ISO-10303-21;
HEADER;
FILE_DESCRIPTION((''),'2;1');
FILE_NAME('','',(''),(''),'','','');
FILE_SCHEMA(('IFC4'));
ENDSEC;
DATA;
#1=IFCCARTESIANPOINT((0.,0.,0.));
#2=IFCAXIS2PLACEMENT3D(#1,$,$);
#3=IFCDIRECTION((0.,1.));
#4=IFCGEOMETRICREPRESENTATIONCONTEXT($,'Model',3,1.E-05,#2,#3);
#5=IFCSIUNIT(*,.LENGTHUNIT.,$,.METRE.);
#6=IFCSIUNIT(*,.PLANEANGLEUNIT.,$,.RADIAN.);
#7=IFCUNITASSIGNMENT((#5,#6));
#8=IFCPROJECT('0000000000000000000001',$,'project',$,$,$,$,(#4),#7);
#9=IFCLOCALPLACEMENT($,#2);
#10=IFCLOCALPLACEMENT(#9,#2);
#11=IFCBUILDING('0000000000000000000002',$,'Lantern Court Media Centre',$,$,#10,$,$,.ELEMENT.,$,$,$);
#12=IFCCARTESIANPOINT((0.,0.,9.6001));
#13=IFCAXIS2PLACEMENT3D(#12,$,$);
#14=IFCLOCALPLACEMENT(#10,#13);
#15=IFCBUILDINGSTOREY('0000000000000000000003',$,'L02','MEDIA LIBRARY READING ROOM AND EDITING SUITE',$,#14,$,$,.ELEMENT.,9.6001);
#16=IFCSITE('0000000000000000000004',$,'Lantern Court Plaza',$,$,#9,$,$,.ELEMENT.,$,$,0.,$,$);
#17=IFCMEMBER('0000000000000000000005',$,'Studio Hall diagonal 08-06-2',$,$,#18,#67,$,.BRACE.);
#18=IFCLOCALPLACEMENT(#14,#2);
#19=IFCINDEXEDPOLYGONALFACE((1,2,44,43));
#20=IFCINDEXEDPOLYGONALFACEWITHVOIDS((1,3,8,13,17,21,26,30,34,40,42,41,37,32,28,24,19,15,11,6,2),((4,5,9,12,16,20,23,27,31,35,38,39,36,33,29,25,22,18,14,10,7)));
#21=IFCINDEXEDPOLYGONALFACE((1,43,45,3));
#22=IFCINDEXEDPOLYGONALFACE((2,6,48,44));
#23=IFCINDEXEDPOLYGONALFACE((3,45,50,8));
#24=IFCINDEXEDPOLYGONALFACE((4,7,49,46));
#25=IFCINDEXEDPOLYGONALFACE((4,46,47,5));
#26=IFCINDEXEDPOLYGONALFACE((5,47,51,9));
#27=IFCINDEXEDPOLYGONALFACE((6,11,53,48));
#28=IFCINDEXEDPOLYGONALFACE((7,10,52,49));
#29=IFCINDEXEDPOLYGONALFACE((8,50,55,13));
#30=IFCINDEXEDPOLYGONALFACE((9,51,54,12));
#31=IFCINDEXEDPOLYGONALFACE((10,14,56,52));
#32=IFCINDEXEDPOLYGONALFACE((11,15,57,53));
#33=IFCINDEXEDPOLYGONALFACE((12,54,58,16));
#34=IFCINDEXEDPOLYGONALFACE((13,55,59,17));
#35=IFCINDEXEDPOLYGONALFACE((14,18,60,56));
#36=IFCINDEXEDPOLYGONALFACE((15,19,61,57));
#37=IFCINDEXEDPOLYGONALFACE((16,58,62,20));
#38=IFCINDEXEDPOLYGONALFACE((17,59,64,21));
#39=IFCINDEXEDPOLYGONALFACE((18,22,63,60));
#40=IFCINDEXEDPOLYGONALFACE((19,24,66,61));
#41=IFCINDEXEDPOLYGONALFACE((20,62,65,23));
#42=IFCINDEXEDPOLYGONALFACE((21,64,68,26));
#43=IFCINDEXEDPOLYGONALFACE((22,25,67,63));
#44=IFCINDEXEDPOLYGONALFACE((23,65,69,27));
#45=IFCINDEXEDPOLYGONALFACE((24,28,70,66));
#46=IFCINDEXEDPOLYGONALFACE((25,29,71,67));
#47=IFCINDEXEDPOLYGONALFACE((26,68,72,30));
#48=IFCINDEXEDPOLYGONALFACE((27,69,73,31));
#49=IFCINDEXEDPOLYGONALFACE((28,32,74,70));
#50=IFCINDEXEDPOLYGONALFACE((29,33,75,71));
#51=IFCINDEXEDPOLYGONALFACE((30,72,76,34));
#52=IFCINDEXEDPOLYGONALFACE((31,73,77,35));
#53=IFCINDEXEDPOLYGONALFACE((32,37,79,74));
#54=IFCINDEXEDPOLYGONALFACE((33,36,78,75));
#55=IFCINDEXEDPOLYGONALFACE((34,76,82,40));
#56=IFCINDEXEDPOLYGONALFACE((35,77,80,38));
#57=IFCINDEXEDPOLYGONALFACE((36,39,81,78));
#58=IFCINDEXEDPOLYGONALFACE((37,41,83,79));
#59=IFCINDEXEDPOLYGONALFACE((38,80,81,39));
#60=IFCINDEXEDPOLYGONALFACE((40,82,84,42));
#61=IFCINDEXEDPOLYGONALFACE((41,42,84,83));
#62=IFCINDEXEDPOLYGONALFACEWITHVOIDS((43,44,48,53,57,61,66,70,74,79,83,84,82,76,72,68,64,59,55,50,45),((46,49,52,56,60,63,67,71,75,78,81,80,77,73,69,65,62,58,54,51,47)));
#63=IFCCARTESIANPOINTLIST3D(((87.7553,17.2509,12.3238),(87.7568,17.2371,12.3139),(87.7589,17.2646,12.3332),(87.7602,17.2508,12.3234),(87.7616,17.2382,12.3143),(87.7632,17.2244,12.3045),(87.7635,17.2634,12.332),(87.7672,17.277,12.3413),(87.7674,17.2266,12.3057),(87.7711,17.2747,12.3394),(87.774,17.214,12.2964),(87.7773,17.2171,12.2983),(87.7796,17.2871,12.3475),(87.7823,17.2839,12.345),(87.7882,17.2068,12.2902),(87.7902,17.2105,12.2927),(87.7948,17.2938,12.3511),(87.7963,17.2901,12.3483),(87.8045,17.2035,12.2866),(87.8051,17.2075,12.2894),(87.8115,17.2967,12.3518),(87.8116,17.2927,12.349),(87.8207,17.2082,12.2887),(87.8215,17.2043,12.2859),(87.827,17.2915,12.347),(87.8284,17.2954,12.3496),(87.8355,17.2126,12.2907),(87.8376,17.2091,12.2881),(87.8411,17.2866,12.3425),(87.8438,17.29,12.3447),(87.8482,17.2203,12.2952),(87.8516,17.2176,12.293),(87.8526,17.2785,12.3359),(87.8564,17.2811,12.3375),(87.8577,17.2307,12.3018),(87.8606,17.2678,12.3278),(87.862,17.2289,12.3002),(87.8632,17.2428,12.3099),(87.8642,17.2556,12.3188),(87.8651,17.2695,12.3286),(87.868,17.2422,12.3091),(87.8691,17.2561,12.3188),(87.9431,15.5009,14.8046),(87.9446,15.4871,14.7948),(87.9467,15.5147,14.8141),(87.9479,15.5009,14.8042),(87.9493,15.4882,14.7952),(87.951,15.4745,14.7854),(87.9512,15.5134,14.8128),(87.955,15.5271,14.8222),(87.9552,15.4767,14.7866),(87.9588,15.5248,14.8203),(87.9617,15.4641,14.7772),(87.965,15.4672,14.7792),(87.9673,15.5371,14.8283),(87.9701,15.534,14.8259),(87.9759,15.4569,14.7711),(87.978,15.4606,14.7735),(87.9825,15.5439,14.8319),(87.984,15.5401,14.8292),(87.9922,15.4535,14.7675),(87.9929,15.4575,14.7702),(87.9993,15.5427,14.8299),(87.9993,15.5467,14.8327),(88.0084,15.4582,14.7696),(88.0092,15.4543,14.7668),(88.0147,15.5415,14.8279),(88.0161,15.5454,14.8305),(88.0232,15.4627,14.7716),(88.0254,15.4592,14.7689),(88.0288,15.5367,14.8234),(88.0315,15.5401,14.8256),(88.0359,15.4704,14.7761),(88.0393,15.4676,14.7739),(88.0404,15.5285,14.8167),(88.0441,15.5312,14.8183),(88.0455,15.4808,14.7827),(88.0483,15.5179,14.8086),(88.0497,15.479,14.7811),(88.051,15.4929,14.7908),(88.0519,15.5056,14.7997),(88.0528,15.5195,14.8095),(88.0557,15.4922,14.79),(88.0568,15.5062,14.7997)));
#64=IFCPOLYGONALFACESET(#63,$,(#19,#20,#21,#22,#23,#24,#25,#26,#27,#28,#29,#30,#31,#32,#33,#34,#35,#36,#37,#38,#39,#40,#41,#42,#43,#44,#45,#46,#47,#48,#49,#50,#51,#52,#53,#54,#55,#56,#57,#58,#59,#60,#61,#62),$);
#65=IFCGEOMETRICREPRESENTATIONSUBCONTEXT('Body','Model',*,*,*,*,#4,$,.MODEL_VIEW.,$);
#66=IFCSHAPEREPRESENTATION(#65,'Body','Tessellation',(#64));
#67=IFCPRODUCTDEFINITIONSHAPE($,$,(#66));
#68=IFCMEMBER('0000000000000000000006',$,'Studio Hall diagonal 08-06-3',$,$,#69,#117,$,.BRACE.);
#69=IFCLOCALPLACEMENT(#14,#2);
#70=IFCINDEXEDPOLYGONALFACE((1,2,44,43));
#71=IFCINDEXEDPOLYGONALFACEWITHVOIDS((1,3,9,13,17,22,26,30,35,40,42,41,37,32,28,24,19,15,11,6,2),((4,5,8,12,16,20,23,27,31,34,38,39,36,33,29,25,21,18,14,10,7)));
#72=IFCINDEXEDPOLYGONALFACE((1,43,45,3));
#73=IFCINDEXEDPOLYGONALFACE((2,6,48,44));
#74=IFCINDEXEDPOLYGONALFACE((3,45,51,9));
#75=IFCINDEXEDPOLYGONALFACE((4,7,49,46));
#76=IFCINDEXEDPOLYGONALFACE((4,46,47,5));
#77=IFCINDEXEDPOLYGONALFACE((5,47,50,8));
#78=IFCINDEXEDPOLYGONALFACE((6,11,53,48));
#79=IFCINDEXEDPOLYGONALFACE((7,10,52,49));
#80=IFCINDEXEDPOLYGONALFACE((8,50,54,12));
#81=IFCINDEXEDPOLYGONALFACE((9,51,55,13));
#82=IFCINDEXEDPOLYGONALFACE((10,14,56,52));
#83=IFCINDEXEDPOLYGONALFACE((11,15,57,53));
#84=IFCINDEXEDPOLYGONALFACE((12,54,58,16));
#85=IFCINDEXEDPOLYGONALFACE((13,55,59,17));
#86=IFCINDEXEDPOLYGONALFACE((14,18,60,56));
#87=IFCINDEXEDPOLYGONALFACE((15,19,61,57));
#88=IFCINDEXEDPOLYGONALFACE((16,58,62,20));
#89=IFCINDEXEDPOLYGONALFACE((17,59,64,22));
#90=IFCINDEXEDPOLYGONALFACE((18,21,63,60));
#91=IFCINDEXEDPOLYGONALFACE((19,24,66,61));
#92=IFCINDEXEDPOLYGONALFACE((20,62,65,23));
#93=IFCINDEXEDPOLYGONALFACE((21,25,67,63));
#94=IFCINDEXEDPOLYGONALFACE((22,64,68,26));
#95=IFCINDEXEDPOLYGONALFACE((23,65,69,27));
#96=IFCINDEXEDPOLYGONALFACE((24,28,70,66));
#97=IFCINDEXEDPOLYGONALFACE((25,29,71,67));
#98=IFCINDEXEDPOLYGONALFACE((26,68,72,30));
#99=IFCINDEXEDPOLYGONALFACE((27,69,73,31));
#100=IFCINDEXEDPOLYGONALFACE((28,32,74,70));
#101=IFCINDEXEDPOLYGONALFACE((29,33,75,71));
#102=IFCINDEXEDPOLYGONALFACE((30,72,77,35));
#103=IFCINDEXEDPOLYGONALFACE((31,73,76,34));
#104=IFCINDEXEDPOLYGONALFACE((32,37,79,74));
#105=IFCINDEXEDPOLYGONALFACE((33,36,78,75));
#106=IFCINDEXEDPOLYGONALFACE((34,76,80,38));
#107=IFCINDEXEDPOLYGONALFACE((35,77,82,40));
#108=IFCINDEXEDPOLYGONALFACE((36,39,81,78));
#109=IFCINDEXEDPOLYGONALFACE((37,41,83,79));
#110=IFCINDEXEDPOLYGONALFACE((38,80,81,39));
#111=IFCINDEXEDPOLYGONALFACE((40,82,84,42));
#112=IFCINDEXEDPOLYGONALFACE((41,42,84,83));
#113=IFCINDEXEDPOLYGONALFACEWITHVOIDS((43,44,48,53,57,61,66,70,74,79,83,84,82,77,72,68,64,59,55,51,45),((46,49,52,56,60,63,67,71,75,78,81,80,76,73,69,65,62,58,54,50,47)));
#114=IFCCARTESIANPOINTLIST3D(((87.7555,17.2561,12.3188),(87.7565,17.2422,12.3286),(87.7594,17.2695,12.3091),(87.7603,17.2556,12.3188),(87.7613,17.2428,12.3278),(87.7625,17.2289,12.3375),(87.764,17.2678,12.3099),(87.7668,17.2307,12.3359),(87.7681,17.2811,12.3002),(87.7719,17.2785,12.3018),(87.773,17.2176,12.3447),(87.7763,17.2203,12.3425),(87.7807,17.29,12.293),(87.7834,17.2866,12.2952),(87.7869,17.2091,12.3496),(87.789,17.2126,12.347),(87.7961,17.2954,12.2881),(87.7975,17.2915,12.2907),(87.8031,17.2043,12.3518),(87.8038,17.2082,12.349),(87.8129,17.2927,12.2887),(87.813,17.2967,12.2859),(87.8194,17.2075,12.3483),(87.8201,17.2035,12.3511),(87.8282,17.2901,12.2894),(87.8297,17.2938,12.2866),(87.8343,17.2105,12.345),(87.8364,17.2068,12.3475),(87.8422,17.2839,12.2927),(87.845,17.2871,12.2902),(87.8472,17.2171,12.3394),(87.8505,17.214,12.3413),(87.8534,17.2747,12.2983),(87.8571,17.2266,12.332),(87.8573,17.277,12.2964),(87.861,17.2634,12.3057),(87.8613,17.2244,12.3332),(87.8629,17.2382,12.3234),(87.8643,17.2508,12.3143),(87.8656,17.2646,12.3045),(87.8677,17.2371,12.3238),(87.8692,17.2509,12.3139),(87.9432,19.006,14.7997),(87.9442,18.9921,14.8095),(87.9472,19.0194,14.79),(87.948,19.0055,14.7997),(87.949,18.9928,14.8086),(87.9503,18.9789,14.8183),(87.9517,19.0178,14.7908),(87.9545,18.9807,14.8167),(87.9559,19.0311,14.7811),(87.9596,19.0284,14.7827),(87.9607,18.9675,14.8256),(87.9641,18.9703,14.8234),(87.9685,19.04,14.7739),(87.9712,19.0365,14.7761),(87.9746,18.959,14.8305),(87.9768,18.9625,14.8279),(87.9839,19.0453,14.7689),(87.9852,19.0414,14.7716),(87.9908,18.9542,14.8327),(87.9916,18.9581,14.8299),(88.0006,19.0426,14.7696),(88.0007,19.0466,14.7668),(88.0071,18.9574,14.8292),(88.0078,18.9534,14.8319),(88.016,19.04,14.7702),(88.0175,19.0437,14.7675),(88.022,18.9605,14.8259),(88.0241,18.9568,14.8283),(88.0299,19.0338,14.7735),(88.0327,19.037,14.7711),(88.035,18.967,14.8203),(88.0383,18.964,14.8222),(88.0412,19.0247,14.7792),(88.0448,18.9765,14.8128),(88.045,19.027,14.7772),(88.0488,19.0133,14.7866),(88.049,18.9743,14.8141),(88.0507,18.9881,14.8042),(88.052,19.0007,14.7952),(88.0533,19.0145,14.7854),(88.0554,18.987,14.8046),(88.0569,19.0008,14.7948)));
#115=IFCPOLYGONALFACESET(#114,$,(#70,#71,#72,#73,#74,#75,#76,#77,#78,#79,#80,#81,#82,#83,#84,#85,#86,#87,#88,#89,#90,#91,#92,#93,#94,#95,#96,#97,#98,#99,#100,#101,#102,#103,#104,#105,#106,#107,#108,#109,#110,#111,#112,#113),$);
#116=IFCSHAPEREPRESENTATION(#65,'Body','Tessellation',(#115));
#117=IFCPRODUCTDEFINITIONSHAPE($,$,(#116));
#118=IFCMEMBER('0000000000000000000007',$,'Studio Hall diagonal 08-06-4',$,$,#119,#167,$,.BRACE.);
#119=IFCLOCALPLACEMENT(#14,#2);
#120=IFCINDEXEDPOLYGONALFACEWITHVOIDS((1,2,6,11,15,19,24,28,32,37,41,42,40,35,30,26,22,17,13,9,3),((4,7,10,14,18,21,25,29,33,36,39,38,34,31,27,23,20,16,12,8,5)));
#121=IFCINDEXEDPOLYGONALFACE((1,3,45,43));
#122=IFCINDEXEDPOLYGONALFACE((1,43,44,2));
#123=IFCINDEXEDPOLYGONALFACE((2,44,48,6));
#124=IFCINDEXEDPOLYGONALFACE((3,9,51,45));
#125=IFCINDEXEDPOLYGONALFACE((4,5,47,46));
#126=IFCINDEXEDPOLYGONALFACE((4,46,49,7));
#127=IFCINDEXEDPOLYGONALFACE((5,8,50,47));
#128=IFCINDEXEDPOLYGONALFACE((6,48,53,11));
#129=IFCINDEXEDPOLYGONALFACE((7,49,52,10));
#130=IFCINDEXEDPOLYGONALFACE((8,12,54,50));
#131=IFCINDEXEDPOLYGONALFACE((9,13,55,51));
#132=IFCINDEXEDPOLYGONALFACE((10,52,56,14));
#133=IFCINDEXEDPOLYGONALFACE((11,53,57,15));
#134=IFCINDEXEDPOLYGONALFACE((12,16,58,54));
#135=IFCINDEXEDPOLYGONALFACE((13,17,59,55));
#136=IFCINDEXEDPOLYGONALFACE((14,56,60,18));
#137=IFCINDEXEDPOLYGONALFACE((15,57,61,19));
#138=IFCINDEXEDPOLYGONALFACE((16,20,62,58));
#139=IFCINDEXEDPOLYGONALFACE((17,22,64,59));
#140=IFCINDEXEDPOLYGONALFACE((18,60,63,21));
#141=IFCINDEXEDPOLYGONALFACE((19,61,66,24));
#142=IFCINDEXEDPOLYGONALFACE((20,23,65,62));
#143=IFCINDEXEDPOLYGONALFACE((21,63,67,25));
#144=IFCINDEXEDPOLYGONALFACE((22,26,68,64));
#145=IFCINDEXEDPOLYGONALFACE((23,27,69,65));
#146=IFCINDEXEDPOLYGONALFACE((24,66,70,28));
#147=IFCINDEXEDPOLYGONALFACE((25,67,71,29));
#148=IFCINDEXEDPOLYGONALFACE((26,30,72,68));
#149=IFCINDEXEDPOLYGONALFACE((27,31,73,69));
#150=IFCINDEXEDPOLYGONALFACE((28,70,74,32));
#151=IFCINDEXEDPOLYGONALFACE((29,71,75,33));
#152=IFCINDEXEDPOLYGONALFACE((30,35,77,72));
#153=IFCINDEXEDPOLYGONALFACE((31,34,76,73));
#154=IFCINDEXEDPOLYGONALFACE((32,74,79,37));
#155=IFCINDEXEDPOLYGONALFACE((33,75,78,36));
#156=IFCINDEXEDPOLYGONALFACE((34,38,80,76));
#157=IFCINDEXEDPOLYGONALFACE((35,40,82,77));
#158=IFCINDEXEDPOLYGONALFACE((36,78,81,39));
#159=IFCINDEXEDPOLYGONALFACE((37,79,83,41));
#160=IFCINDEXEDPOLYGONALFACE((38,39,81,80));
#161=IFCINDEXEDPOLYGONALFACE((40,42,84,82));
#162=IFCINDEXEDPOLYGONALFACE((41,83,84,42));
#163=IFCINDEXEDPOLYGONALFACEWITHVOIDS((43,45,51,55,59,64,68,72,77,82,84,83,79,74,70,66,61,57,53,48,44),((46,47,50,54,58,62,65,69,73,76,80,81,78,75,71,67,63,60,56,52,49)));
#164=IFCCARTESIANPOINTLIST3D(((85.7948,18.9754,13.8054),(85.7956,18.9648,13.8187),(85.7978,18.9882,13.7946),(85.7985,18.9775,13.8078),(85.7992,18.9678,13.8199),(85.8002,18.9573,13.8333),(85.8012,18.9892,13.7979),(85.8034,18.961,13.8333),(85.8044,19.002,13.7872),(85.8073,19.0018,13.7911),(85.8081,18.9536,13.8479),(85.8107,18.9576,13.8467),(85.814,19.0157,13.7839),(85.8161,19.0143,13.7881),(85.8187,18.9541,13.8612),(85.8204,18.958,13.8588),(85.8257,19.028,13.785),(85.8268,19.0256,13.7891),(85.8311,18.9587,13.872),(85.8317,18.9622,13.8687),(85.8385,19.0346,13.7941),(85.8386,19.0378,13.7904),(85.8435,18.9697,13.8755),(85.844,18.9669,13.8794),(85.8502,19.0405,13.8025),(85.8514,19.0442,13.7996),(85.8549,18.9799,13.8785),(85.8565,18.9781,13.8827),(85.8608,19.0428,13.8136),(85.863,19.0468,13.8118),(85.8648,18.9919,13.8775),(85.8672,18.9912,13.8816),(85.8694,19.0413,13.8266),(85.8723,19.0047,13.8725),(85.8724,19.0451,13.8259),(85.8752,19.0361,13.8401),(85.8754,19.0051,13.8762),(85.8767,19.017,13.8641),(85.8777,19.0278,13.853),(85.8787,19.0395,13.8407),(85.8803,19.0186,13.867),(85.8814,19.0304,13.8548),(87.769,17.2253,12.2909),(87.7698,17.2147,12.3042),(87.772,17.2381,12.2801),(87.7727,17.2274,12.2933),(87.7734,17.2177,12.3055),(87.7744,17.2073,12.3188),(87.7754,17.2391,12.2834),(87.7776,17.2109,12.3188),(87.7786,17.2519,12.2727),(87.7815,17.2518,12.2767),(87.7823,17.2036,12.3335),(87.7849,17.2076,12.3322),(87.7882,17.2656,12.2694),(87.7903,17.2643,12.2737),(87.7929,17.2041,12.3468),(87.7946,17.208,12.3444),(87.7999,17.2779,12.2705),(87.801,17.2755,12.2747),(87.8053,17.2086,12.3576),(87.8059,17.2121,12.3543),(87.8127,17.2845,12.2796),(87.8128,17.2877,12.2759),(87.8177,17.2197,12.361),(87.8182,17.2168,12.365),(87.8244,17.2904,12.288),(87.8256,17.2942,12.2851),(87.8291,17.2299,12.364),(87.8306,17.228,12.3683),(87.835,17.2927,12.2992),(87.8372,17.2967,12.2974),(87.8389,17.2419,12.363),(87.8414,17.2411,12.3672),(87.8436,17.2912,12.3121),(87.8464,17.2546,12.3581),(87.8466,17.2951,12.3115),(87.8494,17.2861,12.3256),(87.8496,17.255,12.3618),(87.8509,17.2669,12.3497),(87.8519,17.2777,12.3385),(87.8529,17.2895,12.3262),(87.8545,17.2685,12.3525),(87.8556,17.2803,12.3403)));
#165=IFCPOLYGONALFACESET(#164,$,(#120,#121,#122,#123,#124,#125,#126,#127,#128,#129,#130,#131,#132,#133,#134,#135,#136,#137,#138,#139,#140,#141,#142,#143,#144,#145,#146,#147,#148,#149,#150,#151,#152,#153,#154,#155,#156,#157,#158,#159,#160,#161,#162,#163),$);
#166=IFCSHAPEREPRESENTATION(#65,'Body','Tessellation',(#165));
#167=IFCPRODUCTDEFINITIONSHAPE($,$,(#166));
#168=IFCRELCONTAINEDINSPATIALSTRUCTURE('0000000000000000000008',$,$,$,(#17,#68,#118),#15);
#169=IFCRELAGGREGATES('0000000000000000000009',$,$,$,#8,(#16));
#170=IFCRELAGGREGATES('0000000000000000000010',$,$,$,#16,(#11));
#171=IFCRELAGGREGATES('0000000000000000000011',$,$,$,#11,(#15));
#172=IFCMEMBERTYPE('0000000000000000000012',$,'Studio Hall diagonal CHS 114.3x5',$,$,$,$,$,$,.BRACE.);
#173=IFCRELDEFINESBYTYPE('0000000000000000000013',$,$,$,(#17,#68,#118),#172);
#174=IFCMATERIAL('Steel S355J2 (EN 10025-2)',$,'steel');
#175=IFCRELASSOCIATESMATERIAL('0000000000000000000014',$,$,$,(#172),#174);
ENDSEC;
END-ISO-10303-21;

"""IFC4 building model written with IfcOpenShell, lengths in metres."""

from ifc_helpers import new_model, si_unit, direction, frame, origin, origin_2d, place, context, subcontext, project, spatial, hollow_circle, extrude, material, material_profile, profile_set, type_object, element, save


model = new_model("IFC4")

# Units and contexts
model_context = context("Model", 3, precision=1e-05, world=origin(), true_north=direction((0.0, 1.0)))
body_context = subcontext(model_context, "Body", "Model", "MODEL_VIEW")
ifc_project = project(units=[si_unit("LENGTHUNIT", "METRE"), si_unit("PLANEANGLEUNIT", "RADIAN")], contexts=[model_context])

# Site, building, storey
site_placement = place(None, origin())
site = spatial("IfcSite", under=ifc_project, at=site_placement, Name="Lantern Court Plaza", CompositionType="ELEMENT", RefElevation=0.0)
building_placement = place(site_placement, origin())
building = spatial("IfcBuilding", under=site, at=building_placement, Name="Lantern Court Media Centre", CompositionType="ELEMENT")
storey_placement = place(building_placement, frame((0.0, 0.0, 9.6001)))
storey = spatial("IfcBuildingStorey", under=building, at=storey_placement, Name="L02", Description="MEDIA LIBRARY READING ROOM AND EDITING SUITE", CompositionType="ELEMENT", Elevation=9.6001)

# Members
ifc_material = material(Name="Steel S355J2 (EN 10025-2)", Category="steel")
ifc_material_profile_1 = material_profile(ifc_material, hollow_circle(Radius=0.0571, WallThickness=0.0049, at=origin_2d()), Name="Studio Hall diagonal CHS 114.3x5")
ifc_profile_set_1 = profile_set([ifc_material_profile_1], Name="Steel S355J2 (EN 10025-2)")
member_type_1 = type_object("IfcMemberType", Name="Studio Hall diagonal CHS 114.3x5", PredefinedType="BRACE", material=ifc_profile_set_1)
for number, where, z_axis, x_axis, name in (
    (1, (87.8123, 17.25, 12.3188), (0.06172, -0.575306, 0.815606), (0.994294, 0.10667, 0.0), "Studio Hall diagonal 08-06-2"),
    (2, (87.8123, 17.25, 12.3188), (0.06172, 0.575306, 0.815606), (-0.994294, 0.10667, 0.0), "Studio Hall diagonal 08-06-3"),
):
    element("IfcMember", number, at=place(storey_placement, frame(where, z_axis=z_axis, x_axis=x_axis)), inside=storey, type_object=member_type_1, Name=name, PredefinedType="BRACE", context=body_context, shape_type="SweptSolid", body=[
        extrude(hollow_circle(Radius=0.0571, WallThickness=0.0049, at=origin_2d()), origin(), (0.0, 0.0, 1.0), 3.0417),
    ])
member_1_placement = place(storey_placement, frame((87.8123, 17.25, 12.3188), z_axis=(-0.648979, 0.575301, 0.49785), x_axis=(-0.663352, -0.748307, 0.0)))
element("IfcMember", 3, at=member_1_placement, inside=storey, type_object=member_type_1, Name="Studio Hall diagonal 08-06-4", PredefinedType="BRACE", context=body_context, shape_type="SweptSolid", body=[
    extrude(hollow_circle(Radius=0.0571, WallThickness=0.0049, at=origin_2d()), origin(), (0.0, 0.0, 1.0), 3.042),
])

save(model, "model.ifc")
